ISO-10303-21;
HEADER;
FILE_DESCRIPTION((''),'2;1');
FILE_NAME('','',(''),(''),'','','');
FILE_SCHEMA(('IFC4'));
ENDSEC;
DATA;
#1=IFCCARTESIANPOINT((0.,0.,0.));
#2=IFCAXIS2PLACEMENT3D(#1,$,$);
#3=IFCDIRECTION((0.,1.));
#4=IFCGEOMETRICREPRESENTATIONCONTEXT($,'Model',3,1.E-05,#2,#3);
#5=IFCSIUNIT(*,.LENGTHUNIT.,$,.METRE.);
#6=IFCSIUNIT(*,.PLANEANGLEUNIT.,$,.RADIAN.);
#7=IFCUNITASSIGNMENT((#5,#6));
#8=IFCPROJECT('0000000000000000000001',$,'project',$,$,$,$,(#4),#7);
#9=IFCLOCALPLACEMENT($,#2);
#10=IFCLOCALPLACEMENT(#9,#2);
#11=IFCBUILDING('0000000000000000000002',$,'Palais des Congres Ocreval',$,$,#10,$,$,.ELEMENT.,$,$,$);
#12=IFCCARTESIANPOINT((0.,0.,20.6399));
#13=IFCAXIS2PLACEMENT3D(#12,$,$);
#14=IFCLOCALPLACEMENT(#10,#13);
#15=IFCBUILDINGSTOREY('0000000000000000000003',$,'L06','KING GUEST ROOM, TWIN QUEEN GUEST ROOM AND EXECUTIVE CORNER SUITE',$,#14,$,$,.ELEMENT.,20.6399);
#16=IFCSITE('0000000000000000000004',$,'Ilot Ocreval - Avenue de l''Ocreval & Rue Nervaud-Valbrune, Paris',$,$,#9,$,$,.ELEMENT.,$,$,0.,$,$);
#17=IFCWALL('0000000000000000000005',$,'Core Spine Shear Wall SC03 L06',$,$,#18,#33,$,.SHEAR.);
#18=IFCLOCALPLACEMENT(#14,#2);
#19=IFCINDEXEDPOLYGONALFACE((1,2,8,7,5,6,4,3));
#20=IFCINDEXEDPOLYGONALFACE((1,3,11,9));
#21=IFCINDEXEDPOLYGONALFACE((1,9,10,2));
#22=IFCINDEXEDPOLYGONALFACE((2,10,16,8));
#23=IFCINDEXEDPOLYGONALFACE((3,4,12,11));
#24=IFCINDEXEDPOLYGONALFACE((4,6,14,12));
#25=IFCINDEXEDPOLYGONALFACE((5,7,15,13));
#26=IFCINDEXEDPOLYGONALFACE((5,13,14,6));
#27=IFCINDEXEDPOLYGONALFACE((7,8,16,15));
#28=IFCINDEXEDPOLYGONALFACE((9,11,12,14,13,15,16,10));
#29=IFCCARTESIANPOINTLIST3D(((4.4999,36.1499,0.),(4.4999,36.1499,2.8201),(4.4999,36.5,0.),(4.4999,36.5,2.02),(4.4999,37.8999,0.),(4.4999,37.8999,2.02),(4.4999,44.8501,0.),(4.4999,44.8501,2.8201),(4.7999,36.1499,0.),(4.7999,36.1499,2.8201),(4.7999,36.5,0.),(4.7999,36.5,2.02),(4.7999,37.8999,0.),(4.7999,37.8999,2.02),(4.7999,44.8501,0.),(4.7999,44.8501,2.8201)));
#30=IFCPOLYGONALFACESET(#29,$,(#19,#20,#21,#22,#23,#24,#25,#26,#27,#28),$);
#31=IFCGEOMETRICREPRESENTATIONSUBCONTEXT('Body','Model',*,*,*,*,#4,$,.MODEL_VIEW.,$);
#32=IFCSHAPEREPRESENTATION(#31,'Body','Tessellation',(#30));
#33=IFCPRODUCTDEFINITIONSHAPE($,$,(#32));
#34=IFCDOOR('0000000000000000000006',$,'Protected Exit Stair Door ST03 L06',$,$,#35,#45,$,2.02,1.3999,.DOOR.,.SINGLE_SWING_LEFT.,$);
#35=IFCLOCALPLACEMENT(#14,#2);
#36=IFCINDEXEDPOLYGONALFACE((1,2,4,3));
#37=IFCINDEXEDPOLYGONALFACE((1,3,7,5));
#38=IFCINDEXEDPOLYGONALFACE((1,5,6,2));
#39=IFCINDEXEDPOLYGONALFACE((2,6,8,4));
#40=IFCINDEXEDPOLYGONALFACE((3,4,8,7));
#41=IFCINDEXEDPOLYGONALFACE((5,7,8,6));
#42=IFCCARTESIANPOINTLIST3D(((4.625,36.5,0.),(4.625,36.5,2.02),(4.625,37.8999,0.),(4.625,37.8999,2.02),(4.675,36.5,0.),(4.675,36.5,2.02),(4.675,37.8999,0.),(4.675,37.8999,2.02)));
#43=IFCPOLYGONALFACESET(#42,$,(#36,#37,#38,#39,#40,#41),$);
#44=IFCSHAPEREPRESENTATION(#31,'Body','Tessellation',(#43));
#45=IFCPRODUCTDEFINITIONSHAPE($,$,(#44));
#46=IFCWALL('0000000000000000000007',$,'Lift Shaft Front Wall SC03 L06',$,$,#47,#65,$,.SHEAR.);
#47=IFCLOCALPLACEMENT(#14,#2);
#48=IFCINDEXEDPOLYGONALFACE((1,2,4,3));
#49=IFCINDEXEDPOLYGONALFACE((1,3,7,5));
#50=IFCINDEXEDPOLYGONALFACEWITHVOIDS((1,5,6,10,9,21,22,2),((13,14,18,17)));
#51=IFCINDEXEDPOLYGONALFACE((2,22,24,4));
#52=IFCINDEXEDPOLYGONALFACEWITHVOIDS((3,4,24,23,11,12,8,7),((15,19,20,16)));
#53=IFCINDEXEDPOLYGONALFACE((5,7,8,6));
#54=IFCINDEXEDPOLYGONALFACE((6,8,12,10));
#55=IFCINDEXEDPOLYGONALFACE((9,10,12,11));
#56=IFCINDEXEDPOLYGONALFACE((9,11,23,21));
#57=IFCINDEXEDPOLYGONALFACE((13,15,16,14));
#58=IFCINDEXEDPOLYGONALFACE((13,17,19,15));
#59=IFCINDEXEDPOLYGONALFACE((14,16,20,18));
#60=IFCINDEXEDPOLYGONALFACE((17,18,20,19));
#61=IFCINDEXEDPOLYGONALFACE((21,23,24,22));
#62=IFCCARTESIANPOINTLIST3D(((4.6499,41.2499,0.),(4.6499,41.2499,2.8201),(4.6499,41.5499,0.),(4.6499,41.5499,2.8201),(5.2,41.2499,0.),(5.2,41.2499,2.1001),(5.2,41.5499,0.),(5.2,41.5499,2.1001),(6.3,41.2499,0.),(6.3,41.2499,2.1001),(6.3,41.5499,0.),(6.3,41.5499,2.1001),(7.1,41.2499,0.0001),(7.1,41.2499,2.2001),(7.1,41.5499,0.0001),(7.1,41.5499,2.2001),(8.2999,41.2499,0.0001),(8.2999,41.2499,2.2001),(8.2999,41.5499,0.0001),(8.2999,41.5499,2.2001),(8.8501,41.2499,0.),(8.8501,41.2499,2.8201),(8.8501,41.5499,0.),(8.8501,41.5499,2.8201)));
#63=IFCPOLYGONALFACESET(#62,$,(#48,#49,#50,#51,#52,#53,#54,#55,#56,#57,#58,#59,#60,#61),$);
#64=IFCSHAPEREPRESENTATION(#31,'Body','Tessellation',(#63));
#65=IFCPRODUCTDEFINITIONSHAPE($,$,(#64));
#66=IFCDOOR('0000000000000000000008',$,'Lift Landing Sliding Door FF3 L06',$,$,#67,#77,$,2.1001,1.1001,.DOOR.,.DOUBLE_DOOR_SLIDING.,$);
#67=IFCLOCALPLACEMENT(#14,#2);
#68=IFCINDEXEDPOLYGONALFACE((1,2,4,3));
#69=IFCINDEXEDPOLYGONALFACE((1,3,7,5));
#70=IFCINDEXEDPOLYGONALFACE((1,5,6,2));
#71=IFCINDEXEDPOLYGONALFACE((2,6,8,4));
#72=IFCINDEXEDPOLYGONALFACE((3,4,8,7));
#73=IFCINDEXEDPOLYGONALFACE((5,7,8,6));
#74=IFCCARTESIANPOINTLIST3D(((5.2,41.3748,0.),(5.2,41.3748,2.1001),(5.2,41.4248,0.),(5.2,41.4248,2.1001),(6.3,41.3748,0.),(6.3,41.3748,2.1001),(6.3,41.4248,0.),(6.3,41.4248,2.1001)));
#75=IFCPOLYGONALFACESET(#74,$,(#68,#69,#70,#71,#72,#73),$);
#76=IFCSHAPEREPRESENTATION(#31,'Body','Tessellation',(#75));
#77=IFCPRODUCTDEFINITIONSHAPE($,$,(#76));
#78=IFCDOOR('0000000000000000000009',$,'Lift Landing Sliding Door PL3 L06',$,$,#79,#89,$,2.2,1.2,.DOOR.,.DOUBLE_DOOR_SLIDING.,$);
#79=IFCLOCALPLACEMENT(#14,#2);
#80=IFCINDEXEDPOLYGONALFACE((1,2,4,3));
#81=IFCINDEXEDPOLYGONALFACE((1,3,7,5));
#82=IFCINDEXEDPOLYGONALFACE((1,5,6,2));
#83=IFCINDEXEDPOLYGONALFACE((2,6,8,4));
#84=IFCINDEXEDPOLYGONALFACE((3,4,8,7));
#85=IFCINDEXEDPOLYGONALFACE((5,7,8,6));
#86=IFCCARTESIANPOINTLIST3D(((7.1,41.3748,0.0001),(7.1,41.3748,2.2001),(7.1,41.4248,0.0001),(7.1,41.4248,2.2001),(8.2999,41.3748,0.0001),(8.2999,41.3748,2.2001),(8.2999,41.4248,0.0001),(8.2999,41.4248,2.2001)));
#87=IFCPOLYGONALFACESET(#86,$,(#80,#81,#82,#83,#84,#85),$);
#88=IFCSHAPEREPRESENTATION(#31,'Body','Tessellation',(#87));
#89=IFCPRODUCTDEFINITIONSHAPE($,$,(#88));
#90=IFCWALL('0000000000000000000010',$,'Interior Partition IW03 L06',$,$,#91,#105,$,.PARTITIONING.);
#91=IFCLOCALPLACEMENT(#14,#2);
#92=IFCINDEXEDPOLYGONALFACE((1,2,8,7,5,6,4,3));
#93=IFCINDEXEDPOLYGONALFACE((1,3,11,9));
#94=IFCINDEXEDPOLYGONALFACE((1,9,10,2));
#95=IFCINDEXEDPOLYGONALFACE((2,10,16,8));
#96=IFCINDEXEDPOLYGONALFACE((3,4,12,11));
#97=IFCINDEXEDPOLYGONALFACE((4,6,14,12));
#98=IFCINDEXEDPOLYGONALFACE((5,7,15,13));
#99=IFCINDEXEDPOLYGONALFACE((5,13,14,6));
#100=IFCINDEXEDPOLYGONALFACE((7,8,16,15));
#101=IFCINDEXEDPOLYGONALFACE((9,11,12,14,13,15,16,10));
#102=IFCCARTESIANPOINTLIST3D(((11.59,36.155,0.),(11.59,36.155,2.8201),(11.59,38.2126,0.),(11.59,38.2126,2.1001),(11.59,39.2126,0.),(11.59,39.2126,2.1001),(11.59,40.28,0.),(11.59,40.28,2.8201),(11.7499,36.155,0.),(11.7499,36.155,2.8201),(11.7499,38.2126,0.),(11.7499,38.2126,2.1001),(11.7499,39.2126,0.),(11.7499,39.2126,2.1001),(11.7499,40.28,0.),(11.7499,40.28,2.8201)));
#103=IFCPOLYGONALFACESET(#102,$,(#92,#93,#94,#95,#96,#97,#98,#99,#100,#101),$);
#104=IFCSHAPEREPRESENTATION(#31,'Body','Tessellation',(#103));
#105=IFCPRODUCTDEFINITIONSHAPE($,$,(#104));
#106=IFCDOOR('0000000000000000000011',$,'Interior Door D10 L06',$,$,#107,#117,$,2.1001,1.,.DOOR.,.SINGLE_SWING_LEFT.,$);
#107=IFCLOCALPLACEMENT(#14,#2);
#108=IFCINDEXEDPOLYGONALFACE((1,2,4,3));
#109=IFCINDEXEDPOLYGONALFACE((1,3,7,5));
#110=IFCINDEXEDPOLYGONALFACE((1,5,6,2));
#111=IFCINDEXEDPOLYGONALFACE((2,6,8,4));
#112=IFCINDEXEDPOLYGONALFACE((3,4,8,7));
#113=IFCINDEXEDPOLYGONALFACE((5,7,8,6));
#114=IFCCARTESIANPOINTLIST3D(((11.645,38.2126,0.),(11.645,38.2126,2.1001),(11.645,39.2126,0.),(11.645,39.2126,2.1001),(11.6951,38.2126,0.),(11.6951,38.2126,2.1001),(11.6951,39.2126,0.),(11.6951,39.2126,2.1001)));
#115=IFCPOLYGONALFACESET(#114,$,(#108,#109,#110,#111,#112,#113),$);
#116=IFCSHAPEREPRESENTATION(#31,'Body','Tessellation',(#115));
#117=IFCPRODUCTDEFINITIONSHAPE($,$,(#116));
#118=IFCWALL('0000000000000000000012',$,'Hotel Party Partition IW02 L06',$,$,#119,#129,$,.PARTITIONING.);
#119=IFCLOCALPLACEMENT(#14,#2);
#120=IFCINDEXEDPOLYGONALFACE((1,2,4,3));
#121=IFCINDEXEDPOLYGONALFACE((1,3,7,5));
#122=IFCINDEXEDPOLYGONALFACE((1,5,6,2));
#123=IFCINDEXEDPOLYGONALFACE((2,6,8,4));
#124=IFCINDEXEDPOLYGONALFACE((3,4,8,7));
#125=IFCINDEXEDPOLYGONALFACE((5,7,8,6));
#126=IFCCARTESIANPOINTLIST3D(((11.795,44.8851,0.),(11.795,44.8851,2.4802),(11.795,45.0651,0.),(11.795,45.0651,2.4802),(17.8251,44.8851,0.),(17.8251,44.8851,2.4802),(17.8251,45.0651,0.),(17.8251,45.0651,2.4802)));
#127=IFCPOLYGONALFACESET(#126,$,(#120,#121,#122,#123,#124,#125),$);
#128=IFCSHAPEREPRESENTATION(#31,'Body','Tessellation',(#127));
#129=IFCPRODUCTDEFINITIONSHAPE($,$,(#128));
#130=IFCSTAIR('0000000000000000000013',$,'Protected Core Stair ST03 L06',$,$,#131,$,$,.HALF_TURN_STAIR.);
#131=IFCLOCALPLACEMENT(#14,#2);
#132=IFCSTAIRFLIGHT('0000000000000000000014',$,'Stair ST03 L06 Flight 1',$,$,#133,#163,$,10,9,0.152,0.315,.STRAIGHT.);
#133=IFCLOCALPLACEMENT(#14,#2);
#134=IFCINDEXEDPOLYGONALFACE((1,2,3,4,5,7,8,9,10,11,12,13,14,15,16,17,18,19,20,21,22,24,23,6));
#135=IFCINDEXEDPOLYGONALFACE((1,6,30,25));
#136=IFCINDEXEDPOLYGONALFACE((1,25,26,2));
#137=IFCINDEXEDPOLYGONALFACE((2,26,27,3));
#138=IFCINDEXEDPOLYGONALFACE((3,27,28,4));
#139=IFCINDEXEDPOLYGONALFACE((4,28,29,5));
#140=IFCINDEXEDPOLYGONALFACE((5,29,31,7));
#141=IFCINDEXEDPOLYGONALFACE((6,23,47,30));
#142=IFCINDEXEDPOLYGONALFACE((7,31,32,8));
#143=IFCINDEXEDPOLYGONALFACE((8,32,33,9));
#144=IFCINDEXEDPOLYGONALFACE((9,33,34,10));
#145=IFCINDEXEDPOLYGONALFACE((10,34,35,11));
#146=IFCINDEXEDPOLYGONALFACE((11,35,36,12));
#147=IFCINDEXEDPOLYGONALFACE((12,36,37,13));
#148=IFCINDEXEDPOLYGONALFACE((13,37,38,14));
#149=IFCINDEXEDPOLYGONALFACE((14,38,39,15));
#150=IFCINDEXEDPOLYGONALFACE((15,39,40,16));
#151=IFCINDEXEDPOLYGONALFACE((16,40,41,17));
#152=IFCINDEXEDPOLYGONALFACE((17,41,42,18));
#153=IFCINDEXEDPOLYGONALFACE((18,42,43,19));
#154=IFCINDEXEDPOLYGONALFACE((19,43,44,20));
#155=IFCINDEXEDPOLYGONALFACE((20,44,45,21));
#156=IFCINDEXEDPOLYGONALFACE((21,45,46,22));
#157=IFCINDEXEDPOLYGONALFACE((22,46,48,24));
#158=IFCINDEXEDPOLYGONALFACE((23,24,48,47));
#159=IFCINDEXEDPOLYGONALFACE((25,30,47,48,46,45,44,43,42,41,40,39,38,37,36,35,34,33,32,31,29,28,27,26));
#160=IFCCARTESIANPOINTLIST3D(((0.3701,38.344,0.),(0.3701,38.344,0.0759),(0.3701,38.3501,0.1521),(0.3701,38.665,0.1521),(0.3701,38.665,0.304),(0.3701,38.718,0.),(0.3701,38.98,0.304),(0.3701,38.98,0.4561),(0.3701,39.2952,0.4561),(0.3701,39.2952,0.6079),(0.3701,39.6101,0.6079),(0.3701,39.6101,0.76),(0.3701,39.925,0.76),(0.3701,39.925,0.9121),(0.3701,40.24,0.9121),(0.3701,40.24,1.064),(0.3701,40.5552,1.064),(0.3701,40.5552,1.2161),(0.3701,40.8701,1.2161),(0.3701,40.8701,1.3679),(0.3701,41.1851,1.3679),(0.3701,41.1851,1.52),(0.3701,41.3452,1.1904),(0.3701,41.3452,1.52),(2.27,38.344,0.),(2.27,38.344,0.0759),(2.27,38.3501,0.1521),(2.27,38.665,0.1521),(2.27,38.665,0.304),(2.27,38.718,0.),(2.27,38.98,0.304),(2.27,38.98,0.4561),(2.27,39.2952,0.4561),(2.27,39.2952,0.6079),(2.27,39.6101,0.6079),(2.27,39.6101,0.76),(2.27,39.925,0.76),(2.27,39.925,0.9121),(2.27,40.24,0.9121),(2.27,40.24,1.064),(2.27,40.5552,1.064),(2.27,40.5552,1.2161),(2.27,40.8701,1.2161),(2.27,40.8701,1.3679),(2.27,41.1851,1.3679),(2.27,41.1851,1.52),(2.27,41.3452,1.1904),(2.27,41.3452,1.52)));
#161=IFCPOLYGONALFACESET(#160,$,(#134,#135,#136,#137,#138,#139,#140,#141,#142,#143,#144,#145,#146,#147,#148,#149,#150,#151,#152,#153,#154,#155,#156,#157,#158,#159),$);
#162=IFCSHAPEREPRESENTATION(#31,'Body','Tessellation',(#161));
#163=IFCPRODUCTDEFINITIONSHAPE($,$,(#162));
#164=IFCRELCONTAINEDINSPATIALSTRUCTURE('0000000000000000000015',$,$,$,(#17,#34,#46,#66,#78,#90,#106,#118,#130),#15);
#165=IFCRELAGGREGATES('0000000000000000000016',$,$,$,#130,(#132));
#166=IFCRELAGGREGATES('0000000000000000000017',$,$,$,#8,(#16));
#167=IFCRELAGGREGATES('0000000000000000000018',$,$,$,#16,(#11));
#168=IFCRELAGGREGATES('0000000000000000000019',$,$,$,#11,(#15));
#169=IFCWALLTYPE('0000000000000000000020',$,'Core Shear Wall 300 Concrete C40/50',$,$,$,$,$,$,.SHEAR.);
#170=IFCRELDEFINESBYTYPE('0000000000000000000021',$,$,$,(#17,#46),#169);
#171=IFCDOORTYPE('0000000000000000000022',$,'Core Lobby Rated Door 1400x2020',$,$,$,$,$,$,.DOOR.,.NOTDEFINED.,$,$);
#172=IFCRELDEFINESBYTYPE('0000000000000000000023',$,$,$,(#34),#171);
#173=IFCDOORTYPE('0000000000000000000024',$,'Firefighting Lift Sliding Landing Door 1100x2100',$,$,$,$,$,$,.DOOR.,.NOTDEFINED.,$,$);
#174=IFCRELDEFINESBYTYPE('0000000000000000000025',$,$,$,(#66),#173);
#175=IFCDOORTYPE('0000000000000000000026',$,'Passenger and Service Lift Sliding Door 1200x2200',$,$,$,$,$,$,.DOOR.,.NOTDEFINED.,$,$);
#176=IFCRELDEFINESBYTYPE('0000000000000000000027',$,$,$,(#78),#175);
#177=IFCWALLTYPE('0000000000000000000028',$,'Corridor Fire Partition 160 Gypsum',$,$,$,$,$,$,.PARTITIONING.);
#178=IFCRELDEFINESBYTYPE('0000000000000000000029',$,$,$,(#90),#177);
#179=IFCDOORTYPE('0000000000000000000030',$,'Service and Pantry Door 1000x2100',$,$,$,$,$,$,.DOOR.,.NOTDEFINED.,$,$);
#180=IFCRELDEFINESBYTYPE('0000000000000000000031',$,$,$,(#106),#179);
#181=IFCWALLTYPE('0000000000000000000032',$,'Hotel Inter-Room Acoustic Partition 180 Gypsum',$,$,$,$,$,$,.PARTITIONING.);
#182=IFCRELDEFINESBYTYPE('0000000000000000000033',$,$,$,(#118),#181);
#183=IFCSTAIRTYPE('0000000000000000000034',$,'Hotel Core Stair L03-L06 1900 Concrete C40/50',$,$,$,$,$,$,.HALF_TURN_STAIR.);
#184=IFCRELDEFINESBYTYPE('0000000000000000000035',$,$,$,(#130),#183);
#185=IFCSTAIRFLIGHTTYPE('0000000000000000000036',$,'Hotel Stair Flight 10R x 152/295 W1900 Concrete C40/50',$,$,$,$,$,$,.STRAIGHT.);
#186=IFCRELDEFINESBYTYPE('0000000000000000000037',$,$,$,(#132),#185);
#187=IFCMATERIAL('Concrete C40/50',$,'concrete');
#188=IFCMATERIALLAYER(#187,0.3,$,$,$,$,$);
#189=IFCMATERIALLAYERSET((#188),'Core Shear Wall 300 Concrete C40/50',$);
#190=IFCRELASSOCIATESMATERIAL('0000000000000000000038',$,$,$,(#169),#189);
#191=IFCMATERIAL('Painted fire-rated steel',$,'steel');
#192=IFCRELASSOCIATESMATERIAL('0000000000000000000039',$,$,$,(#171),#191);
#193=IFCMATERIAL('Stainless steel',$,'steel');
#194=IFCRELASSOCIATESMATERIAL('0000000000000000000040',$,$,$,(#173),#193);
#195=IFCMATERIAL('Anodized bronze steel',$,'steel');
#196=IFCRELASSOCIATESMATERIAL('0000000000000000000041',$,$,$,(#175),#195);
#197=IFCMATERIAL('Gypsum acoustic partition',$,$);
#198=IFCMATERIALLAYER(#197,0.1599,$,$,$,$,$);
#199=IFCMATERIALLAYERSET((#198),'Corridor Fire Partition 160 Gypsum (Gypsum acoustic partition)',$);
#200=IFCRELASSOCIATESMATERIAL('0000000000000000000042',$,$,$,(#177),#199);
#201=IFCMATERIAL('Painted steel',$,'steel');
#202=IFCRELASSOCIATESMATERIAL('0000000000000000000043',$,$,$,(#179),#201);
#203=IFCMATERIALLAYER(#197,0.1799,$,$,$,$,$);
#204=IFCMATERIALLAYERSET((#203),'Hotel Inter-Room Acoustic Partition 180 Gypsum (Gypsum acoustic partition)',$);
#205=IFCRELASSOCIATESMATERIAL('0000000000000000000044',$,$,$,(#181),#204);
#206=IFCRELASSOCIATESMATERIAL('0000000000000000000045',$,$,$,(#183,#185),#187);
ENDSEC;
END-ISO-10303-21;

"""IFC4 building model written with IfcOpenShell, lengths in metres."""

from ifc_helpers import new_model, si_unit, direction, frame, frame_2d, origin, place, context, subcontext, project, spatial, polyline, rectangle, outline, extrude, material, layer, layer_set, type_object, element, fill, aggregate, save


model = new_model("IFC4")

# Units and contexts
model_context = context("Model", 3, precision=1e-05, world=origin(), true_north=direction((0.0, 1.0)))
body_context = subcontext(model_context, "Body", "Model", "MODEL_VIEW")
ifc_project = project(units=[si_unit("LENGTHUNIT", "METRE"), si_unit("PLANEANGLEUNIT", "RADIAN")], contexts=[model_context])

# Site, building, storey
site_placement = place(None, origin())
site = spatial("IfcSite", under=ifc_project, at=site_placement, Name="Ilot Ocreval - Avenue de l'Ocreval & Rue Nervaud-Valbrune, Paris", CompositionType="ELEMENT", RefElevation=0.0)
building_placement = place(site_placement, origin())
building = spatial("IfcBuilding", under=site, at=building_placement, Name="Palais des Congres Ocreval", CompositionType="ELEMENT")
storey_placement = place(building_placement, frame((0.0, 0.0, 20.6399)))
storey = spatial("IfcBuildingStorey", under=building, at=storey_placement, Name="L06", Description="KING GUEST ROOM, TWIN QUEEN GUEST ROOM AND EXECUTIVE CORNER SUITE", CompositionType="ELEMENT", Elevation=20.6399)

# Shared definitions
ifc_material_1 = material(Name="Concrete C40/50", Category="concrete")
ifc_layer_1 = layer(ifc_material_1, 0.3)
ifc_layer_set_1 = layer_set([ifc_layer_1], Name="Core Shear Wall 300 Concrete C40/50")
wall_type_1 = type_object("IfcWallType", Name="Core Shear Wall 300 Concrete C40/50", PredefinedType="SHEAR", material=ifc_layer_set_1)

# Wall, opening, door
wall_1_placement = place(storey_placement, frame((4.6499, 36.1499, 0.0), z_axis=(0.0, 0.0, 1.0), x_axis=(0.0, 1.0, 0.0)))
wall_1 = element("IfcWall", 1, at=wall_1_placement, inside=storey, type_object=wall_type_1, Name="Core Spine Shear Wall SC03 L06", PredefinedType="SHEAR", context=body_context, shape_type="SweptSolid", body=[
    extrude(rectangle(XDim=8.7002, YDim=0.3, at=frame_2d((4.3501, 0.0))), origin(), (0.0, 0.0, 1.0), 2.8201),
])
opening_1_placement = place(wall_1_placement, frame((0.3501, 0.0, 0.0)))
opening_1 = element("IfcOpeningElement", 2, at=opening_1_placement, cuts=wall_1, PredefinedType="OPENING", context=body_context, shape_type="SweptSolid", body=[
    extrude(rectangle(XDim=1.3999, YDim=2.02, at=frame_2d((0.7, 1.01))), frame((0.0, 0.1599, 0.0), z_axis=(0.0, -1.0, 0.0), x_axis=(1.0, 0.0, 0.0)), (0.0, 0.0, 1.0), 0.3201),
])
ifc_material_2 = material(Name="Painted fire-rated steel", Category="steel")
door_type_1 = type_object("IfcDoorType", Name="Core Lobby Rated Door 1400x2020", OperationType="NOTDEFINED", PredefinedType="DOOR", material=ifc_material_2)
door_1_placement = place(opening_1_placement, origin())
door_1 = element("IfcDoor", 3, at=door_1_placement, inside=storey, type_object=door_type_1, Name="Protected Exit Stair Door ST03 L06", OperationType="SINGLE_SWING_LEFT", OverallHeight=2.02, OverallWidth=1.3999, PredefinedType="DOOR", context=body_context, shape_type="SweptSolid", body=[
    extrude(rectangle(XDim=1.3999, YDim=2.02, at=frame_2d((0.7, 1.01))), frame((0.0, 0.0249, 0.0), z_axis=(0.0, -1.0, 0.0), x_axis=(1.0, 0.0, 0.0)), (0.0, 0.0, 1.0), 0.05),
])
fill(opening_1, door_1)

# Wall, openings, doors
wall_2_placement = place(storey_placement, frame((4.6499, 41.3999, 0.0), z_axis=(0.0, 0.0, 1.0), x_axis=(1.0, 0.0, 0.0)))
wall_2 = element("IfcWall", 4, at=wall_2_placement, inside=storey, type_object=wall_type_1, Name="Lift Shaft Front Wall SC03 L06", PredefinedType="SHEAR", context=body_context, shape_type="SweptSolid", body=[
    extrude(rectangle(XDim=4.2002, YDim=0.3, at=frame_2d((2.1001, 0.0))), origin(), (0.0, 0.0, 1.0), 2.8201),
])
opening_2_placement = place(wall_2_placement, frame((0.55, 0.0, 0.0)))
opening_2 = element("IfcOpeningElement", 5, at=opening_2_placement, cuts=wall_2, PredefinedType="OPENING", context=body_context, shape_type="SweptSolid", body=[
    extrude(rectangle(XDim=1.1001, YDim=2.1001, at=frame_2d((0.55, 1.05))), frame((0.0, 0.1599, 0.0), z_axis=(0.0, -1.0, 0.0), x_axis=(1.0, 0.0, 0.0)), (0.0, 0.0, 1.0), 0.3201),
])
opening_3_placement = place(wall_2_placement, frame((2.45, 0.0, 0.0)))
opening_3 = element("IfcOpeningElement", 6, at=opening_3_placement, cuts=wall_2, PredefinedType="OPENING", context=body_context, shape_type="SweptSolid", body=[
    extrude(rectangle(XDim=1.2, YDim=2.2, at=frame_2d((0.6001, 1.1001))), frame((0.0, 0.1599, 0.0), z_axis=(0.0, -1.0, 0.0), x_axis=(1.0, 0.0, 0.0)), (0.0, 0.0, 1.0), 0.3201),
])
ifc_material_3 = material(Name="Stainless steel", Category="steel")
door_type_2 = type_object("IfcDoorType", Name="Firefighting Lift Sliding Landing Door 1100x2100", OperationType="NOTDEFINED", PredefinedType="DOOR", material=ifc_material_3)
door_2_placement = place(opening_2_placement, origin())
door_2 = element("IfcDoor", 7, at=door_2_placement, inside=storey, type_object=door_type_2, Name="Lift Landing Sliding Door FF3 L06", OperationType="DOUBLE_DOOR_SLIDING", OverallHeight=2.1001, OverallWidth=1.1001, PredefinedType="DOOR", context=body_context, shape_type="SweptSolid", body=[
    extrude(rectangle(XDim=1.1001, YDim=2.1001, at=frame_2d((0.55, 1.05))), frame((0.0, 0.0249, 0.0), z_axis=(0.0, -1.0, 0.0), x_axis=(1.0, 0.0, 0.0)), (0.0, 0.0, 1.0), 0.05),
])
fill(opening_2, door_2)
ifc_material_4 = material(Name="Anodized bronze steel", Category="steel")
door_type_3 = type_object("IfcDoorType", Name="Passenger and Service Lift Sliding Door 1200x2200", OperationType="NOTDEFINED", PredefinedType="DOOR", material=ifc_material_4)
door_3_placement = place(opening_3_placement, origin())
door_3 = element("IfcDoor", 8, at=door_3_placement, inside=storey, type_object=door_type_3, Name="Lift Landing Sliding Door PL3 L06", OperationType="DOUBLE_DOOR_SLIDING", OverallHeight=2.2, OverallWidth=1.2, PredefinedType="DOOR", context=body_context, shape_type="SweptSolid", body=[
    extrude(rectangle(XDim=1.2, YDim=2.2, at=frame_2d((0.6001, 1.1001))), frame((0.0, 0.0249, 0.0), z_axis=(0.0, -1.0, 0.0), x_axis=(1.0, 0.0, 0.0)), (0.0, 0.0, 1.0), 0.05),
])
fill(opening_3, door_3)

# Wall, opening, door
ifc_material_5 = material(Name="Gypsum acoustic partition")
ifc_layer_2 = layer(ifc_material_5, 0.1599)
ifc_layer_set_2 = layer_set([ifc_layer_2], Name="Corridor Fire Partition 160 Gypsum (Gypsum acoustic partition)")
wall_type_2 = type_object("IfcWallType", Name="Corridor Fire Partition 160 Gypsum", PredefinedType="PARTITIONING", material=ifc_layer_set_2)
wall_3_placement = place(storey_placement, frame((11.6699, 36.155, 0.0), z_axis=(0.0, 0.0, 1.0), x_axis=(0.0, 1.0, 0.0)))
wall_3 = element("IfcWall", 9, at=wall_3_placement, inside=storey, type_object=wall_type_2, Name="Interior Partition IW03 L06", PredefinedType="PARTITIONING", context=body_context, shape_type="SweptSolid", body=[
    extrude(rectangle(XDim=4.125, YDim=0.1599, at=frame_2d((2.0625, 0.0))), origin(), (0.0, 0.0, 1.0), 2.8201),
])
opening_4_placement = place(wall_3_placement, frame((2.0576, 0.0, 0.0)))
opening_4 = element("IfcOpeningElement", 10, at=opening_4_placement, cuts=wall_3, PredefinedType="OPENING", context=body_context, shape_type="SweptSolid", body=[
    extrude(rectangle(XDim=1.0, YDim=2.1001, at=frame_2d((0.5, 1.05))), frame((0.0, 0.0898, 0.0), z_axis=(0.0, -1.0, 0.0), x_axis=(1.0, 0.0, 0.0)), (0.0, 0.0, 1.0), 0.1799),
])
ifc_material_6 = material(Name="Painted steel", Category="steel")
door_type_4 = type_object("IfcDoorType", Name="Service and Pantry Door 1000x2100", OperationType="NOTDEFINED", PredefinedType="DOOR", material=ifc_material_6)
door_4_placement = place(opening_4_placement, origin())
door_4 = element("IfcDoor", 11, at=door_4_placement, inside=storey, type_object=door_type_4, Name="Interior Door D10 L06", OperationType="SINGLE_SWING_LEFT", OverallHeight=2.1001, OverallWidth=1.0, PredefinedType="DOOR", context=body_context, shape_type="SweptSolid", body=[
    extrude(rectangle(XDim=1.0, YDim=2.1001, at=frame_2d((0.5, 1.05))), frame((0.0, 0.0249, 0.0), z_axis=(0.0, -1.0, 0.0), x_axis=(1.0, 0.0, 0.0)), (0.0, 0.0, 1.0), 0.05),
])
fill(opening_4, door_4)

# Wall
ifc_layer_3 = layer(ifc_material_5, 0.1799)
ifc_layer_set_3 = layer_set([ifc_layer_3], Name="Hotel Inter-Room Acoustic Partition 180 Gypsum (Gypsum acoustic partition)")
wall_type_3 = type_object("IfcWallType", Name="Hotel Inter-Room Acoustic Partition 180 Gypsum", PredefinedType="PARTITIONING", material=ifc_layer_set_3)
wall_4_placement = place(storey_placement, frame((11.7949, 44.9751, 0.0), z_axis=(0.0, 0.0, 1.0), x_axis=(1.0, 0.0, 0.0)))
element("IfcWall", 12, at=wall_4_placement, inside=storey, type_object=wall_type_3, Name="Hotel Party Partition IW02 L06", PredefinedType="PARTITIONING", context=body_context, shape_type="SweptSolid", body=[
    extrude(rectangle(XDim=6.03, YDim=0.1799, at=frame_2d((3.0151, 0.0))), origin(), (0.0, 0.0, 1.0), 2.4802),
])

# Stair, stair flight
stair_type = type_object("IfcStairType", Name="Hotel Core Stair L03-L06 1900 Concrete C40/50", PredefinedType="HALF_TURN_STAIR", material=ifc_material_1)
stair_placement = place(storey_placement, origin())
stair = element("IfcStair", 13, at=stair_placement, inside=storey, type_object=stair_type, Name="Protected Core Stair ST03 L06", PredefinedType="HALF_TURN_STAIR")
stair_flight_type = type_object("IfcStairFlightType", Name="Hotel Stair Flight 10R x 152/295 W1900 Concrete C40/50", PredefinedType="STRAIGHT", material=ifc_material_1)
stair_flight_1_placement = place(storey_placement, frame((1.3201, 38.3501, 0.0), z_axis=(0.0, 0.0, 1.0), x_axis=(0.0, 1.0, 0.0)))
stair_flight_1 = element("IfcStairFlight", 14, at=stair_flight_1_placement, type_object=stair_flight_type, Name="Stair ST03 L06 Flight 1", NumberOfRisers=10, NumberOfTreads=9, PredefinedType="STRAIGHT", RiserHeight=0.152, TreadLength=0.315, context=body_context, shape_type="SweptSolid", body=[
    extrude(outline(polyline([(-0.0061, 0.0), (-0.0061, 0.0759), (0.0, 0.1521), (0.3149, 0.1521), (0.3149, 0.304), (0.6299, 0.304), (0.6299, 0.4561), (0.9451, 0.4561), (0.9451, 0.6079), (1.26, 0.6079), (1.26, 0.76), (1.575, 0.76), (1.575, 0.9121), (1.8899, 0.9121), (1.8899, 1.064), (2.2051, 1.064), (2.2051, 1.2161), (2.52, 1.2161), (2.52, 1.3679), (2.835, 1.3679), (2.835, 1.52), (2.9951, 1.52), (2.9951, 1.1904), (0.3679, 0.0), (-0.0061, 0.0)])), frame((0.0, 0.95, 0.0), z_axis=(0.0, -1.0, 0.0), x_axis=(1.0, 0.0, 0.0)), (0.0, 0.0, 1.0), 1.8999),
])
aggregate(stair, [stair_flight_1])

save(model, "model.ifc")
